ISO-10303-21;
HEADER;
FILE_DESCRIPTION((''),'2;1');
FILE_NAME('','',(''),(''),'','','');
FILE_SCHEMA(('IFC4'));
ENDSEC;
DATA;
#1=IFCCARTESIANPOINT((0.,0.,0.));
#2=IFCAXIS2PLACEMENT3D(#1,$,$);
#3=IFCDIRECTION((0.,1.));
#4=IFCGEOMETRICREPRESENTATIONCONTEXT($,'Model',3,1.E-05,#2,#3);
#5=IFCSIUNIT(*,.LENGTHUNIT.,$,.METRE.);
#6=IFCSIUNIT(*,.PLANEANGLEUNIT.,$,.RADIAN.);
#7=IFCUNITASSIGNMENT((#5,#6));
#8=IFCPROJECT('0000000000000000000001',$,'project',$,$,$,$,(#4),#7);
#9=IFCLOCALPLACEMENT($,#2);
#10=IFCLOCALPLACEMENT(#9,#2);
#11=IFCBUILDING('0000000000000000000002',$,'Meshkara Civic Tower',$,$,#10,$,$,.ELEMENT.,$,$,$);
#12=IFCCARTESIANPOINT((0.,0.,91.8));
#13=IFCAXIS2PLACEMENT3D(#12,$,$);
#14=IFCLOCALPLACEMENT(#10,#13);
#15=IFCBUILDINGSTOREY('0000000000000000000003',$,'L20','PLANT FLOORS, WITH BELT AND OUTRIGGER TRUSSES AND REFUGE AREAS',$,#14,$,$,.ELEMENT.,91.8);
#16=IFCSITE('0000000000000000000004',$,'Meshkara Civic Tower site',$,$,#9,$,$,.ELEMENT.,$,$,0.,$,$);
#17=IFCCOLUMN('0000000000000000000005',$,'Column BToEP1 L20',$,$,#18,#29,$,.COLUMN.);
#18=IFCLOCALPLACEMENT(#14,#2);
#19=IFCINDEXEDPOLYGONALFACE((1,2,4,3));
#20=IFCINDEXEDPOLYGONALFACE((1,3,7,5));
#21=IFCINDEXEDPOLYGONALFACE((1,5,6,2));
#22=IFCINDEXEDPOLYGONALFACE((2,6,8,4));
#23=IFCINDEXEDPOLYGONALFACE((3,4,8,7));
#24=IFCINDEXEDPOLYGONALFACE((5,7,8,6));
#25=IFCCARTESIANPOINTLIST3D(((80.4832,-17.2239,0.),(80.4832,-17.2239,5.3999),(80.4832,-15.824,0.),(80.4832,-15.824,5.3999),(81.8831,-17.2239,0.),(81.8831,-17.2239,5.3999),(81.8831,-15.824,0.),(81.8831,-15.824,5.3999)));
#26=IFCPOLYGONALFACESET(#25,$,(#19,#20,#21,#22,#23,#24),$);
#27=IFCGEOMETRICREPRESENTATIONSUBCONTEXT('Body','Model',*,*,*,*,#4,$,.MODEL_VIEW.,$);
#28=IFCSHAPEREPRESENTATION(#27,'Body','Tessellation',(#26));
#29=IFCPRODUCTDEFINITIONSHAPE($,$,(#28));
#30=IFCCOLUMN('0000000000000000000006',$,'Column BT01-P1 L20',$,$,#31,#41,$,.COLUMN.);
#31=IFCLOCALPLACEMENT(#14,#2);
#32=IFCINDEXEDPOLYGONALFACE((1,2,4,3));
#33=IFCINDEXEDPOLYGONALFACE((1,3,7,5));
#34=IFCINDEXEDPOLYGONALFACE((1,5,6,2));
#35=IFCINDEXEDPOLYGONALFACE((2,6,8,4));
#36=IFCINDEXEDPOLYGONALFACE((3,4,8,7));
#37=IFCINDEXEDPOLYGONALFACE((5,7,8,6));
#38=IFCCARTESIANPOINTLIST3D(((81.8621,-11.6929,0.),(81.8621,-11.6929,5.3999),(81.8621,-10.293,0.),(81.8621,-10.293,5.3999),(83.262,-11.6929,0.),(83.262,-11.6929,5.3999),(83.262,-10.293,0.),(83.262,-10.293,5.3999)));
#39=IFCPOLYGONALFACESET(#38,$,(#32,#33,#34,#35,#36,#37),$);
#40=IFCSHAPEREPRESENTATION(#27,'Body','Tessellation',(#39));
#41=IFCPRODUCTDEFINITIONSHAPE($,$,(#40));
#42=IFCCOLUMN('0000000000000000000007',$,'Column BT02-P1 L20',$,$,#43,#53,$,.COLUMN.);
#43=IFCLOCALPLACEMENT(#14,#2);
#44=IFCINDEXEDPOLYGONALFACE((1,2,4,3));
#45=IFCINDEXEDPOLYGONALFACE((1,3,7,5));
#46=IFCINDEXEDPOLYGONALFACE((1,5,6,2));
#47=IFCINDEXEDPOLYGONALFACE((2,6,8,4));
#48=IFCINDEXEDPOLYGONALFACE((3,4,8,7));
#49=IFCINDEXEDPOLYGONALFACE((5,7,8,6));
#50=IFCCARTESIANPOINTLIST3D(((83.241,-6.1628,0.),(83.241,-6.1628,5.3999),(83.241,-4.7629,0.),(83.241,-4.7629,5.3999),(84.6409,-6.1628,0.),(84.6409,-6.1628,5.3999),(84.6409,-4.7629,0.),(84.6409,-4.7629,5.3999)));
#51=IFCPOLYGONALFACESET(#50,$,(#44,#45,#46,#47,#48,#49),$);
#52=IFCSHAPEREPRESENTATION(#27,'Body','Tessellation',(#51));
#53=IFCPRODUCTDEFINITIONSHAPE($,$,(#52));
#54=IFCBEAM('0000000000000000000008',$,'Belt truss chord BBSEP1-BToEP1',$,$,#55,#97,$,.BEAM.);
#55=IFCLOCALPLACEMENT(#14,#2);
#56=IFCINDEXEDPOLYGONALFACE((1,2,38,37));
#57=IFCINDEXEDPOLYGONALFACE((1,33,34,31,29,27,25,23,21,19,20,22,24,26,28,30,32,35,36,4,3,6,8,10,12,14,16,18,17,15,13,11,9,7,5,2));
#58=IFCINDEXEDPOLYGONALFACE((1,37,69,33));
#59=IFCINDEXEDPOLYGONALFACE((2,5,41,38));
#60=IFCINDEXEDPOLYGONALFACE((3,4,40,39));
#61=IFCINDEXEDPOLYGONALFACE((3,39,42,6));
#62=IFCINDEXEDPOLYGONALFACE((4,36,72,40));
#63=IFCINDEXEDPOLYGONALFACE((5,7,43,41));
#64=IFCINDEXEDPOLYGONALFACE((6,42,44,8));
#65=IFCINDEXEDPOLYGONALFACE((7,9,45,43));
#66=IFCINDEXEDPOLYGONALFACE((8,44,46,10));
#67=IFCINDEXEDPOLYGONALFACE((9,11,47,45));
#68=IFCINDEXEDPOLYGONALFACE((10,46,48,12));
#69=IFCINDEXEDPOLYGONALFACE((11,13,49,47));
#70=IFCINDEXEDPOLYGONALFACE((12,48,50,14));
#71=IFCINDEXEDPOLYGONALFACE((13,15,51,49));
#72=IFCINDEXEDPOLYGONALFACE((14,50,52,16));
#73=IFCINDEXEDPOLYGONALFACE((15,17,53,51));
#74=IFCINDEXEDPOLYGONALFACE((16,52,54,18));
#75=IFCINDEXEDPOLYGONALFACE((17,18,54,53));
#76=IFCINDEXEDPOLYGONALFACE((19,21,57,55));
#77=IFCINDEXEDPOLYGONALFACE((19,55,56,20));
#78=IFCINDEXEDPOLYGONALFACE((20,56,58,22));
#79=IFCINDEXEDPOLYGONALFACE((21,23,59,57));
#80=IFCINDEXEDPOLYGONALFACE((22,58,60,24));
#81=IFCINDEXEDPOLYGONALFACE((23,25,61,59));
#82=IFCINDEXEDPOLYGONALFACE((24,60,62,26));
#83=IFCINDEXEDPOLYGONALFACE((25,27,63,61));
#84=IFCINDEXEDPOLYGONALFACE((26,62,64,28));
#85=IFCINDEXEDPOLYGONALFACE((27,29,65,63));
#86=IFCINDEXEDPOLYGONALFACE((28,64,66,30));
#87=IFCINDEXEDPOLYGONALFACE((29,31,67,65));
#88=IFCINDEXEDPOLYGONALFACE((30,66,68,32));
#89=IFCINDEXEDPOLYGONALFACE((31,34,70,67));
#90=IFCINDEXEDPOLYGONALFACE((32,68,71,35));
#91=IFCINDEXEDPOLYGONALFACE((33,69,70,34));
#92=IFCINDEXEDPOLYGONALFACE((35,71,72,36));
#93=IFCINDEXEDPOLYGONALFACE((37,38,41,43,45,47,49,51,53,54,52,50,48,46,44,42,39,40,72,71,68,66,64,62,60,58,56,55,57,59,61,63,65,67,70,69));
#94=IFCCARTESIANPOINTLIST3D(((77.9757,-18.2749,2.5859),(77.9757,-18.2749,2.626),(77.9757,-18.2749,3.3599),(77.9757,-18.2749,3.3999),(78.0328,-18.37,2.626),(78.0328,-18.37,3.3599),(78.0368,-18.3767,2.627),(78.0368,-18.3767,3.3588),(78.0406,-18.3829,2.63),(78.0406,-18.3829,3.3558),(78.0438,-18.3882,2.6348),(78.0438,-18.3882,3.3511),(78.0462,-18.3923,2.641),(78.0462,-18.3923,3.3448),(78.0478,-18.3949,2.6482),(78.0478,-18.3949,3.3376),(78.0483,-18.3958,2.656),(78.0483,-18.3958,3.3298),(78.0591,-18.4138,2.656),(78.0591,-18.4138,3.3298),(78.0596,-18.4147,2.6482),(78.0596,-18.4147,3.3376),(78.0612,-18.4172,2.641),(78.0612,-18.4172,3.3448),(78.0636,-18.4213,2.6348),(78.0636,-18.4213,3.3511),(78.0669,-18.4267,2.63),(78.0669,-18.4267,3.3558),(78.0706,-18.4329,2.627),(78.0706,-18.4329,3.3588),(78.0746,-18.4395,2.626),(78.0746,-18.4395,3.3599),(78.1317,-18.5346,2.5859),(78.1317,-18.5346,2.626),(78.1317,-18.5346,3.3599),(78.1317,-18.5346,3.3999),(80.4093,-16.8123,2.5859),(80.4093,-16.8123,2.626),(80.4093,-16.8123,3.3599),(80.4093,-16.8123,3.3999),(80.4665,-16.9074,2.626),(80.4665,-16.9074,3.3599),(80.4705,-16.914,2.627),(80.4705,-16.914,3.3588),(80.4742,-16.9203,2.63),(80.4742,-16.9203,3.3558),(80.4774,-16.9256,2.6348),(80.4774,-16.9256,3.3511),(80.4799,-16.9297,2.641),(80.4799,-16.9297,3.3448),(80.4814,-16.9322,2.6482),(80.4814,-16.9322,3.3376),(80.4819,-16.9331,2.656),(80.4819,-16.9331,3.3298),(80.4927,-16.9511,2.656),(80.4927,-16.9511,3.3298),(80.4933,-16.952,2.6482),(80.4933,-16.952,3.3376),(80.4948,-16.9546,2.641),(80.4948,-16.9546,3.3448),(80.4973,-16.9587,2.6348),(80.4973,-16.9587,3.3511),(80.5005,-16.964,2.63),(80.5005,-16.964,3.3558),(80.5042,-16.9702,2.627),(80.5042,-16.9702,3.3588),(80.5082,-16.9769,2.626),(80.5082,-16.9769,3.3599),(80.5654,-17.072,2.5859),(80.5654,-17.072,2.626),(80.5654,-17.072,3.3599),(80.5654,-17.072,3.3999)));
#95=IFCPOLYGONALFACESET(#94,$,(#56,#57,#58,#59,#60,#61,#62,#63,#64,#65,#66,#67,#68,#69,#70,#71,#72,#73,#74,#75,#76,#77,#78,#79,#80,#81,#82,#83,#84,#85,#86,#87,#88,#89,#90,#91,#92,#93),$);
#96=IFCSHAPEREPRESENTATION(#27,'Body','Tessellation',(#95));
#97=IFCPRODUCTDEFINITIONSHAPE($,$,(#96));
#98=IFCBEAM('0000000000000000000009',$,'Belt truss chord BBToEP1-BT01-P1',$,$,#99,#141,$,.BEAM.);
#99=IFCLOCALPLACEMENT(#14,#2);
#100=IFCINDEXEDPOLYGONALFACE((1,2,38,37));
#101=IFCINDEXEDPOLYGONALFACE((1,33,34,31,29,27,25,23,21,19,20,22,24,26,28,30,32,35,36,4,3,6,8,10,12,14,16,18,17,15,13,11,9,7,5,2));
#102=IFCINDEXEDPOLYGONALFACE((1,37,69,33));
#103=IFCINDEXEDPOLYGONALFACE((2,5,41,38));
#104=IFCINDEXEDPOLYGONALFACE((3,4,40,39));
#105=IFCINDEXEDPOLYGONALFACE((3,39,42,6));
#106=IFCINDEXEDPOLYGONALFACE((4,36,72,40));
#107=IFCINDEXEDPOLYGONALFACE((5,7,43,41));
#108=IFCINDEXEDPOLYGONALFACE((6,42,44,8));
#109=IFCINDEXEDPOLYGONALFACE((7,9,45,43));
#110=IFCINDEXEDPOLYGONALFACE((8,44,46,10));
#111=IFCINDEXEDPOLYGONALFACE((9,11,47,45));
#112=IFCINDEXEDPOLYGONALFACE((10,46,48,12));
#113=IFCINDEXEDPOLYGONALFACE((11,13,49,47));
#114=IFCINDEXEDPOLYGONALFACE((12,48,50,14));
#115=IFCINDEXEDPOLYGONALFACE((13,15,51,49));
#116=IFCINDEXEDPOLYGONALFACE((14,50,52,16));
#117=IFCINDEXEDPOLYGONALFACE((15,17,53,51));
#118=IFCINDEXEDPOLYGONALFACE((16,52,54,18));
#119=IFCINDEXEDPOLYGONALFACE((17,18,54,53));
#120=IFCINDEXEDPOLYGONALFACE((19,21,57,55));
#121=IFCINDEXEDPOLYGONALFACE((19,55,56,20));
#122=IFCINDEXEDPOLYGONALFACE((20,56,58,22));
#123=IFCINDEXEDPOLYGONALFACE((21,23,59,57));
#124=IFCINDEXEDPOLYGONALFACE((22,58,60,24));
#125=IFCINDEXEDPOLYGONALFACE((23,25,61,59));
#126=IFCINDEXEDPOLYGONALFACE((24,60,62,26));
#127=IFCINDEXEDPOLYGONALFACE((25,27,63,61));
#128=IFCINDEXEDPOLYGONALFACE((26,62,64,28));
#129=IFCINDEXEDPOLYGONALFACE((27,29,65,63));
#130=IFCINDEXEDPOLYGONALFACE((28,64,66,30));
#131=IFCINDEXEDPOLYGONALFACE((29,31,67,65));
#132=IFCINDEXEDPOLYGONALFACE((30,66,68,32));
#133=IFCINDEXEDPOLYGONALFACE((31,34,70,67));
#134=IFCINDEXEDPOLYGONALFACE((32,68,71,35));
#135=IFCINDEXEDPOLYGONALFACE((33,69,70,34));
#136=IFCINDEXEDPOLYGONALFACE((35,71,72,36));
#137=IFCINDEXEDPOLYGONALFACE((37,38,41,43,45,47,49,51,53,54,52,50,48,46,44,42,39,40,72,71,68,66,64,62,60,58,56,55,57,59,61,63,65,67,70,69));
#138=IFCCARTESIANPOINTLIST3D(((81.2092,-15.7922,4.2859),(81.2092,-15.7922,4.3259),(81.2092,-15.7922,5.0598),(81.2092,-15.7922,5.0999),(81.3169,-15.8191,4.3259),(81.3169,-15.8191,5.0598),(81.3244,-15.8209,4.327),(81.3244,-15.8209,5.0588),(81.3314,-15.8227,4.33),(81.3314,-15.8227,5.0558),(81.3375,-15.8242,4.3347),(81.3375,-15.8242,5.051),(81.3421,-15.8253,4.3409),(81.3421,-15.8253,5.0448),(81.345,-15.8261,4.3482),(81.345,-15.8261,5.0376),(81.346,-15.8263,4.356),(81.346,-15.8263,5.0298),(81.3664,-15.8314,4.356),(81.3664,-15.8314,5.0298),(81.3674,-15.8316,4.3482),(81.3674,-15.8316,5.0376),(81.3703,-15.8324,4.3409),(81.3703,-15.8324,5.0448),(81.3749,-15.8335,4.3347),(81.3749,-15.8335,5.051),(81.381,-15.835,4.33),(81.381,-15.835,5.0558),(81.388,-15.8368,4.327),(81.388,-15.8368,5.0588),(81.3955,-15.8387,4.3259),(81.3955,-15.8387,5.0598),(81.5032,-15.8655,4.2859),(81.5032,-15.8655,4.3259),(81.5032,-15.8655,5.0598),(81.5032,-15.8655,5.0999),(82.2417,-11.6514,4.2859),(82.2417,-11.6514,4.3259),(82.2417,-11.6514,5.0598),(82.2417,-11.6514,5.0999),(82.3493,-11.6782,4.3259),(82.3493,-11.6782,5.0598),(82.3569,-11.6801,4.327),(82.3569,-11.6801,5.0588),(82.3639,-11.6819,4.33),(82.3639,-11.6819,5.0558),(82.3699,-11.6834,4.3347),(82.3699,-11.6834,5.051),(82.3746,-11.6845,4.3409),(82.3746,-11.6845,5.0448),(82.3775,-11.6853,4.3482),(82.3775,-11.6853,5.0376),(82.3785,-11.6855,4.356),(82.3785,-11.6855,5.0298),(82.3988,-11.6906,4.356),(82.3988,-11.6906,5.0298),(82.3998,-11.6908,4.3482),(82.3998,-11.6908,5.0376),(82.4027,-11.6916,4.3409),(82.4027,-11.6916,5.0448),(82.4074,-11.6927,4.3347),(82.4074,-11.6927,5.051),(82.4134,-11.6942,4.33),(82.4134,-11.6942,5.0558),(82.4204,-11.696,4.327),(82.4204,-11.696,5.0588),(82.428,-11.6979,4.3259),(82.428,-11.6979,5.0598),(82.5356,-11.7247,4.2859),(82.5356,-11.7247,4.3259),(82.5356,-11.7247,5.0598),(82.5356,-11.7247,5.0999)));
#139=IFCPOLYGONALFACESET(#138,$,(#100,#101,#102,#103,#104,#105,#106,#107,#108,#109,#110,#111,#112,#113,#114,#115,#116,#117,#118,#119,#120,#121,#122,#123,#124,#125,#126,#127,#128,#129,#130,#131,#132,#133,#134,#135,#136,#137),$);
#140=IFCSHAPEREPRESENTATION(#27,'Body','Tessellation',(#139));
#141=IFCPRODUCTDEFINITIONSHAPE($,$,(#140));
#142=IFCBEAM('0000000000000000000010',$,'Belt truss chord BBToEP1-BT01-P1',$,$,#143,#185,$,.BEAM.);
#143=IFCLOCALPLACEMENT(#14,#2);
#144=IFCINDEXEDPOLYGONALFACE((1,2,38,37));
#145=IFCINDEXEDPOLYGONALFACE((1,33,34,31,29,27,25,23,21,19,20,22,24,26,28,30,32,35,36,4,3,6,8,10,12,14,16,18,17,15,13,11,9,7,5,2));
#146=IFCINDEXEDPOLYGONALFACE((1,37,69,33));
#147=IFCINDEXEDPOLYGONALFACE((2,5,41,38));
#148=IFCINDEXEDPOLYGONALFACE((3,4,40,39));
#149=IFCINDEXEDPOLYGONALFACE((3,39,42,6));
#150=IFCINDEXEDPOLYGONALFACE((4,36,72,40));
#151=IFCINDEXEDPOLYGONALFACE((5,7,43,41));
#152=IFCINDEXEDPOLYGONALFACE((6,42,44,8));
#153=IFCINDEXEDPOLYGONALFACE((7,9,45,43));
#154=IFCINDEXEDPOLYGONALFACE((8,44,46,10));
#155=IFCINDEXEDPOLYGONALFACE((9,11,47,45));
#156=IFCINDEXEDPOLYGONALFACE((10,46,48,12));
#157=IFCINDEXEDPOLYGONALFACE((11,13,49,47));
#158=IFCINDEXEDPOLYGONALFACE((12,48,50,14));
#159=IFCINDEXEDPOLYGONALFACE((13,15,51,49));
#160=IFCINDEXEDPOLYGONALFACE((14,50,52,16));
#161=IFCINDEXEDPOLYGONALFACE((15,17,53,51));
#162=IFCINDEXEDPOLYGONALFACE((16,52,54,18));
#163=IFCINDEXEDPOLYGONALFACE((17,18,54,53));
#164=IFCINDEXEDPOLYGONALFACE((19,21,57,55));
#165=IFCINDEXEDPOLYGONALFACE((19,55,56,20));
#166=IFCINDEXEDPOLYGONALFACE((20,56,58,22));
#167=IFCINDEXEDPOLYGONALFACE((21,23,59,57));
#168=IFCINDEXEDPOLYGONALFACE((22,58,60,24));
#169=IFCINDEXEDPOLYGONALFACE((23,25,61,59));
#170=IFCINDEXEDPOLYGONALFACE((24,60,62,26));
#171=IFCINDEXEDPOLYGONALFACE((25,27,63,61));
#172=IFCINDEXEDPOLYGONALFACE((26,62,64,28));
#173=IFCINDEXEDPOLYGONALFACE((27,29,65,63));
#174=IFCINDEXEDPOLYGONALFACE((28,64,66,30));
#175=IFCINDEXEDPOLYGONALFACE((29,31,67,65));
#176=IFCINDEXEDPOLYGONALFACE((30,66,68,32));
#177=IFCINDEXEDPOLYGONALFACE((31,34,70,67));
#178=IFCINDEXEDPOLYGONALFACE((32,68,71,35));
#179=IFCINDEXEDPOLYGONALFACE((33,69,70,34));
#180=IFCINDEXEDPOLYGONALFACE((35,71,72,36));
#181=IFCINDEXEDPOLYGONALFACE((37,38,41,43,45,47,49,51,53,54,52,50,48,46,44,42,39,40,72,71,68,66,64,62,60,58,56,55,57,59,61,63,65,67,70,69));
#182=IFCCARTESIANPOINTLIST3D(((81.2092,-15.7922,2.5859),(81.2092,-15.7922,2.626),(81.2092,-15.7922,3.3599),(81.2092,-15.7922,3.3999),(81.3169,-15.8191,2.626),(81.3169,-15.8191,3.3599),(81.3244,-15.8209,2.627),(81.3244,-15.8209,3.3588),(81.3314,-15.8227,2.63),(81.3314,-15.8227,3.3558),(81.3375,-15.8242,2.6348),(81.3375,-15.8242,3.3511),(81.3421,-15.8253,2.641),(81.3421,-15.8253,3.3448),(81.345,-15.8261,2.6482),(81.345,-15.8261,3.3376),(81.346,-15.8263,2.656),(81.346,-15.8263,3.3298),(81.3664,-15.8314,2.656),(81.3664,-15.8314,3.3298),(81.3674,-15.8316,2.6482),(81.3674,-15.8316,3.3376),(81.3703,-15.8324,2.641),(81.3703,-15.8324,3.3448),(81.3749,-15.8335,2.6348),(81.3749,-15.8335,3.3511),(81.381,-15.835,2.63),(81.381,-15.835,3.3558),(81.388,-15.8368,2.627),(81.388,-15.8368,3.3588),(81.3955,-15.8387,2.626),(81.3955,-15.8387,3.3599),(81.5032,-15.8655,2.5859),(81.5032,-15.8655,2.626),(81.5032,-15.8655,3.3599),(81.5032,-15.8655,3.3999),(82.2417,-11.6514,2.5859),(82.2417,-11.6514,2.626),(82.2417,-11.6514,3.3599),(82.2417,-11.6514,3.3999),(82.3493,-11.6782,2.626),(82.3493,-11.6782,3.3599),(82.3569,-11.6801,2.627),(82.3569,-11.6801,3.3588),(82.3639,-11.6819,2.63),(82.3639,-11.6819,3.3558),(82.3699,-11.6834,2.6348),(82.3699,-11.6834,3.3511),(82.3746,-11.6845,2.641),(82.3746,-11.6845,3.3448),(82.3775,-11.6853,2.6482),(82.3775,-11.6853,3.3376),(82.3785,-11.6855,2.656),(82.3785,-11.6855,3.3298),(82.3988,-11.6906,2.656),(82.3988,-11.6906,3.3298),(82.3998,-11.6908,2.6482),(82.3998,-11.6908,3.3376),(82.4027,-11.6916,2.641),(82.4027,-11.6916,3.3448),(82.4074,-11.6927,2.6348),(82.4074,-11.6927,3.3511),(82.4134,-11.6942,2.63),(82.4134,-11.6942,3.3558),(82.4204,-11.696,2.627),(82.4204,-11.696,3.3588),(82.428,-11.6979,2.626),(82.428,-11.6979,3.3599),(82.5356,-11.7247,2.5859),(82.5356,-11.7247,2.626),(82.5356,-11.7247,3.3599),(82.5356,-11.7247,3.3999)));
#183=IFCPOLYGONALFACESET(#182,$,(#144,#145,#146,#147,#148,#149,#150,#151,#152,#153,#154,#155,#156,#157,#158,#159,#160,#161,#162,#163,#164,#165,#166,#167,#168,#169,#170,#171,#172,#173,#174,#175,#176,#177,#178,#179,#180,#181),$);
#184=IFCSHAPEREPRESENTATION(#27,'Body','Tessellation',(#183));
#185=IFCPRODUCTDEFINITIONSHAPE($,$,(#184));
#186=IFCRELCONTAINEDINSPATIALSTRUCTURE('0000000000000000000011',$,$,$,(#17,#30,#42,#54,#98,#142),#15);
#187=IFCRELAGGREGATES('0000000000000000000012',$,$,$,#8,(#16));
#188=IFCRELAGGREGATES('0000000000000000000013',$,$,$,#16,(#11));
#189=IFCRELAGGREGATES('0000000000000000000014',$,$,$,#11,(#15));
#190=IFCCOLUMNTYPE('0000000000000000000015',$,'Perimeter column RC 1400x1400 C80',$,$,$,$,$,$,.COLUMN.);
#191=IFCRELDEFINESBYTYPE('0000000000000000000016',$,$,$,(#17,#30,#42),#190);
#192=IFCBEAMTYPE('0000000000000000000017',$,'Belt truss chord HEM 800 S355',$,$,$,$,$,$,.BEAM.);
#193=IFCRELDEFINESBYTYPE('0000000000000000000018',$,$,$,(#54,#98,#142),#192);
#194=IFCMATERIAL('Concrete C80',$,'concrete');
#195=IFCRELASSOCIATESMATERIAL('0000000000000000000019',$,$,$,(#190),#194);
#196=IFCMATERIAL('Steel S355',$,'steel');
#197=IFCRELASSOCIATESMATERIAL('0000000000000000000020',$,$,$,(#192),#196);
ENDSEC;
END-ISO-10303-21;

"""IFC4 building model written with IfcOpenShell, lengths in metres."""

from ifc_helpers import new_model, si_unit, direction, frame, origin, origin_2d, place, context, subcontext, project, spatial, rectangle, i_section, extrude, material, material_profile, profile_set, type_object, element, save


model = new_model("IFC4")

# Units and contexts
model_context = context("Model", 3, precision=1e-05, world=origin(), true_north=direction((0.0, 1.0)))
body_context = subcontext(model_context, "Body", "Model", "MODEL_VIEW")
ifc_project = project(units=[si_unit("LENGTHUNIT", "METRE"), si_unit("PLANEANGLEUNIT", "RADIAN")], contexts=[model_context])

# Site, building, storey
site_placement = place(None, origin())
site = spatial("IfcSite", under=ifc_project, at=site_placement, Name="Meshkara Civic Tower site", CompositionType="ELEMENT", RefElevation=0.0)
building_placement = place(site_placement, origin())
building = spatial("IfcBuilding", under=site, at=building_placement, Name="Meshkara Civic Tower", CompositionType="ELEMENT")
storey_placement = place(building_placement, frame((0.0, 0.0, 91.8)))
storey = spatial("IfcBuildingStorey", under=building, at=storey_placement, Name="L20", Description="PLANT FLOORS, WITH BELT AND OUTRIGGER TRUSSES AND REFUGE AREAS", CompositionType="ELEMENT", Elevation=91.8)

# Columns
ifc_material_1 = material(Name="Concrete C80", Category="concrete")
ifc_material_profile_1 = material_profile(ifc_material_1, rectangle(XDim=1.3999, YDim=1.3999, at=origin_2d()))
ifc_profile_set_1 = profile_set([ifc_material_profile_1], Name="Concrete C80")
column_type = type_object("IfcColumnType", Name="Perimeter column RC 1400x1400 C80", PredefinedType="COLUMN", material=ifc_profile_set_1)
for number, where, z_axis, x_axis, name in (
    (1, (81.1831, -16.5239, 0.0), (0.0, 0.0, 1.0), (1.0, 0.0, 0.0), "Column BToEP1 L20"),
    (2, (82.562, -10.9929, 0.0), (0.0, 0.0, 1.0), (1.0, 0.0, 0.0), "Column BT01-P1 L20"),
    (3, (83.9409, -5.4629, 0.0), (0.0, 0.0, 1.0), (1.0, 0.0, 0.0), "Column BT02-P1 L20"),
):
    element("IfcColumn", number, at=place(storey_placement, frame(where, z_axis=z_axis, x_axis=x_axis)), inside=storey, type_object=column_type, Name=name, PredefinedType="COLUMN", context=body_context, shape_type="SweptSolid", body=[
        extrude(rectangle(XDim=1.3999, YDim=1.3999, at=origin_2d()), origin(), (0.0, 0.0, 1.0), 5.3999),
    ])

# Beams
ifc_material_2 = material(Name="Steel S355", Category="steel")
ifc_material_profile_2 = material_profile(ifc_material_2, i_section(OverallWidth=0.303, OverallDepth=0.814, WebThickness=0.021, FlangeThickness=0.04, FilletRadius=0.03, at=origin_2d()))
ifc_profile_set_2 = profile_set([ifc_material_profile_2], Name="Steel S355")
beam_type = type_object("IfcBeamType", Name="Belt truss chord HEM 800 S355", PredefinedType="BEAM", material=ifc_profile_set_2)
beam_placement = place(storey_placement, frame((78.0537, -18.4048, 2.9929), z_axis=(0.857106, 0.515141, 0.0), x_axis=(-0.515141, 0.857106, 0.0)))
element("IfcBeam", 4, at=beam_placement, inside=storey, type_object=beam_type, Name="Belt truss chord BBSEP1-BToEP1", PredefinedType="BEAM", context=body_context, shape_type="SweptSolid", body=[
    extrude(i_section(OverallWidth=0.303, OverallDepth=0.814, WebThickness=0.021, FlangeThickness=0.04, FilletRadius=0.03, at=origin_2d()), origin(), (0.0, 0.0, 1.0), 2.8394),
])
for number, where, z_axis, x_axis, name in (
    (5, (81.3562, -15.8289, 4.6929), (0.24193, 0.970294, 0.0), (-0.970294, 0.24193, 0.0), "Belt truss chord BBToEP1-BT01-P1"),
    (6, (81.3562, -15.8289, 2.9929), (0.24193, 0.970294, 0.0), (-0.970294, 0.24193, 0.0), "Belt truss chord BBToEP1-BT01-P1"),
):
    element("IfcBeam", number, at=place(storey_placement, frame(where, z_axis=z_axis, x_axis=x_axis)), inside=storey, type_object=beam_type, Name=name, PredefinedType="BEAM", context=body_context, shape_type="SweptSolid", body=[
        extrude(i_section(OverallWidth=0.303, OverallDepth=0.814, WebThickness=0.021, FlangeThickness=0.04, FilletRadius=0.03, at=origin_2d()), origin(), (0.0, 0.0, 1.0), 4.2676),
    ])

save(model, "model.ifc")
